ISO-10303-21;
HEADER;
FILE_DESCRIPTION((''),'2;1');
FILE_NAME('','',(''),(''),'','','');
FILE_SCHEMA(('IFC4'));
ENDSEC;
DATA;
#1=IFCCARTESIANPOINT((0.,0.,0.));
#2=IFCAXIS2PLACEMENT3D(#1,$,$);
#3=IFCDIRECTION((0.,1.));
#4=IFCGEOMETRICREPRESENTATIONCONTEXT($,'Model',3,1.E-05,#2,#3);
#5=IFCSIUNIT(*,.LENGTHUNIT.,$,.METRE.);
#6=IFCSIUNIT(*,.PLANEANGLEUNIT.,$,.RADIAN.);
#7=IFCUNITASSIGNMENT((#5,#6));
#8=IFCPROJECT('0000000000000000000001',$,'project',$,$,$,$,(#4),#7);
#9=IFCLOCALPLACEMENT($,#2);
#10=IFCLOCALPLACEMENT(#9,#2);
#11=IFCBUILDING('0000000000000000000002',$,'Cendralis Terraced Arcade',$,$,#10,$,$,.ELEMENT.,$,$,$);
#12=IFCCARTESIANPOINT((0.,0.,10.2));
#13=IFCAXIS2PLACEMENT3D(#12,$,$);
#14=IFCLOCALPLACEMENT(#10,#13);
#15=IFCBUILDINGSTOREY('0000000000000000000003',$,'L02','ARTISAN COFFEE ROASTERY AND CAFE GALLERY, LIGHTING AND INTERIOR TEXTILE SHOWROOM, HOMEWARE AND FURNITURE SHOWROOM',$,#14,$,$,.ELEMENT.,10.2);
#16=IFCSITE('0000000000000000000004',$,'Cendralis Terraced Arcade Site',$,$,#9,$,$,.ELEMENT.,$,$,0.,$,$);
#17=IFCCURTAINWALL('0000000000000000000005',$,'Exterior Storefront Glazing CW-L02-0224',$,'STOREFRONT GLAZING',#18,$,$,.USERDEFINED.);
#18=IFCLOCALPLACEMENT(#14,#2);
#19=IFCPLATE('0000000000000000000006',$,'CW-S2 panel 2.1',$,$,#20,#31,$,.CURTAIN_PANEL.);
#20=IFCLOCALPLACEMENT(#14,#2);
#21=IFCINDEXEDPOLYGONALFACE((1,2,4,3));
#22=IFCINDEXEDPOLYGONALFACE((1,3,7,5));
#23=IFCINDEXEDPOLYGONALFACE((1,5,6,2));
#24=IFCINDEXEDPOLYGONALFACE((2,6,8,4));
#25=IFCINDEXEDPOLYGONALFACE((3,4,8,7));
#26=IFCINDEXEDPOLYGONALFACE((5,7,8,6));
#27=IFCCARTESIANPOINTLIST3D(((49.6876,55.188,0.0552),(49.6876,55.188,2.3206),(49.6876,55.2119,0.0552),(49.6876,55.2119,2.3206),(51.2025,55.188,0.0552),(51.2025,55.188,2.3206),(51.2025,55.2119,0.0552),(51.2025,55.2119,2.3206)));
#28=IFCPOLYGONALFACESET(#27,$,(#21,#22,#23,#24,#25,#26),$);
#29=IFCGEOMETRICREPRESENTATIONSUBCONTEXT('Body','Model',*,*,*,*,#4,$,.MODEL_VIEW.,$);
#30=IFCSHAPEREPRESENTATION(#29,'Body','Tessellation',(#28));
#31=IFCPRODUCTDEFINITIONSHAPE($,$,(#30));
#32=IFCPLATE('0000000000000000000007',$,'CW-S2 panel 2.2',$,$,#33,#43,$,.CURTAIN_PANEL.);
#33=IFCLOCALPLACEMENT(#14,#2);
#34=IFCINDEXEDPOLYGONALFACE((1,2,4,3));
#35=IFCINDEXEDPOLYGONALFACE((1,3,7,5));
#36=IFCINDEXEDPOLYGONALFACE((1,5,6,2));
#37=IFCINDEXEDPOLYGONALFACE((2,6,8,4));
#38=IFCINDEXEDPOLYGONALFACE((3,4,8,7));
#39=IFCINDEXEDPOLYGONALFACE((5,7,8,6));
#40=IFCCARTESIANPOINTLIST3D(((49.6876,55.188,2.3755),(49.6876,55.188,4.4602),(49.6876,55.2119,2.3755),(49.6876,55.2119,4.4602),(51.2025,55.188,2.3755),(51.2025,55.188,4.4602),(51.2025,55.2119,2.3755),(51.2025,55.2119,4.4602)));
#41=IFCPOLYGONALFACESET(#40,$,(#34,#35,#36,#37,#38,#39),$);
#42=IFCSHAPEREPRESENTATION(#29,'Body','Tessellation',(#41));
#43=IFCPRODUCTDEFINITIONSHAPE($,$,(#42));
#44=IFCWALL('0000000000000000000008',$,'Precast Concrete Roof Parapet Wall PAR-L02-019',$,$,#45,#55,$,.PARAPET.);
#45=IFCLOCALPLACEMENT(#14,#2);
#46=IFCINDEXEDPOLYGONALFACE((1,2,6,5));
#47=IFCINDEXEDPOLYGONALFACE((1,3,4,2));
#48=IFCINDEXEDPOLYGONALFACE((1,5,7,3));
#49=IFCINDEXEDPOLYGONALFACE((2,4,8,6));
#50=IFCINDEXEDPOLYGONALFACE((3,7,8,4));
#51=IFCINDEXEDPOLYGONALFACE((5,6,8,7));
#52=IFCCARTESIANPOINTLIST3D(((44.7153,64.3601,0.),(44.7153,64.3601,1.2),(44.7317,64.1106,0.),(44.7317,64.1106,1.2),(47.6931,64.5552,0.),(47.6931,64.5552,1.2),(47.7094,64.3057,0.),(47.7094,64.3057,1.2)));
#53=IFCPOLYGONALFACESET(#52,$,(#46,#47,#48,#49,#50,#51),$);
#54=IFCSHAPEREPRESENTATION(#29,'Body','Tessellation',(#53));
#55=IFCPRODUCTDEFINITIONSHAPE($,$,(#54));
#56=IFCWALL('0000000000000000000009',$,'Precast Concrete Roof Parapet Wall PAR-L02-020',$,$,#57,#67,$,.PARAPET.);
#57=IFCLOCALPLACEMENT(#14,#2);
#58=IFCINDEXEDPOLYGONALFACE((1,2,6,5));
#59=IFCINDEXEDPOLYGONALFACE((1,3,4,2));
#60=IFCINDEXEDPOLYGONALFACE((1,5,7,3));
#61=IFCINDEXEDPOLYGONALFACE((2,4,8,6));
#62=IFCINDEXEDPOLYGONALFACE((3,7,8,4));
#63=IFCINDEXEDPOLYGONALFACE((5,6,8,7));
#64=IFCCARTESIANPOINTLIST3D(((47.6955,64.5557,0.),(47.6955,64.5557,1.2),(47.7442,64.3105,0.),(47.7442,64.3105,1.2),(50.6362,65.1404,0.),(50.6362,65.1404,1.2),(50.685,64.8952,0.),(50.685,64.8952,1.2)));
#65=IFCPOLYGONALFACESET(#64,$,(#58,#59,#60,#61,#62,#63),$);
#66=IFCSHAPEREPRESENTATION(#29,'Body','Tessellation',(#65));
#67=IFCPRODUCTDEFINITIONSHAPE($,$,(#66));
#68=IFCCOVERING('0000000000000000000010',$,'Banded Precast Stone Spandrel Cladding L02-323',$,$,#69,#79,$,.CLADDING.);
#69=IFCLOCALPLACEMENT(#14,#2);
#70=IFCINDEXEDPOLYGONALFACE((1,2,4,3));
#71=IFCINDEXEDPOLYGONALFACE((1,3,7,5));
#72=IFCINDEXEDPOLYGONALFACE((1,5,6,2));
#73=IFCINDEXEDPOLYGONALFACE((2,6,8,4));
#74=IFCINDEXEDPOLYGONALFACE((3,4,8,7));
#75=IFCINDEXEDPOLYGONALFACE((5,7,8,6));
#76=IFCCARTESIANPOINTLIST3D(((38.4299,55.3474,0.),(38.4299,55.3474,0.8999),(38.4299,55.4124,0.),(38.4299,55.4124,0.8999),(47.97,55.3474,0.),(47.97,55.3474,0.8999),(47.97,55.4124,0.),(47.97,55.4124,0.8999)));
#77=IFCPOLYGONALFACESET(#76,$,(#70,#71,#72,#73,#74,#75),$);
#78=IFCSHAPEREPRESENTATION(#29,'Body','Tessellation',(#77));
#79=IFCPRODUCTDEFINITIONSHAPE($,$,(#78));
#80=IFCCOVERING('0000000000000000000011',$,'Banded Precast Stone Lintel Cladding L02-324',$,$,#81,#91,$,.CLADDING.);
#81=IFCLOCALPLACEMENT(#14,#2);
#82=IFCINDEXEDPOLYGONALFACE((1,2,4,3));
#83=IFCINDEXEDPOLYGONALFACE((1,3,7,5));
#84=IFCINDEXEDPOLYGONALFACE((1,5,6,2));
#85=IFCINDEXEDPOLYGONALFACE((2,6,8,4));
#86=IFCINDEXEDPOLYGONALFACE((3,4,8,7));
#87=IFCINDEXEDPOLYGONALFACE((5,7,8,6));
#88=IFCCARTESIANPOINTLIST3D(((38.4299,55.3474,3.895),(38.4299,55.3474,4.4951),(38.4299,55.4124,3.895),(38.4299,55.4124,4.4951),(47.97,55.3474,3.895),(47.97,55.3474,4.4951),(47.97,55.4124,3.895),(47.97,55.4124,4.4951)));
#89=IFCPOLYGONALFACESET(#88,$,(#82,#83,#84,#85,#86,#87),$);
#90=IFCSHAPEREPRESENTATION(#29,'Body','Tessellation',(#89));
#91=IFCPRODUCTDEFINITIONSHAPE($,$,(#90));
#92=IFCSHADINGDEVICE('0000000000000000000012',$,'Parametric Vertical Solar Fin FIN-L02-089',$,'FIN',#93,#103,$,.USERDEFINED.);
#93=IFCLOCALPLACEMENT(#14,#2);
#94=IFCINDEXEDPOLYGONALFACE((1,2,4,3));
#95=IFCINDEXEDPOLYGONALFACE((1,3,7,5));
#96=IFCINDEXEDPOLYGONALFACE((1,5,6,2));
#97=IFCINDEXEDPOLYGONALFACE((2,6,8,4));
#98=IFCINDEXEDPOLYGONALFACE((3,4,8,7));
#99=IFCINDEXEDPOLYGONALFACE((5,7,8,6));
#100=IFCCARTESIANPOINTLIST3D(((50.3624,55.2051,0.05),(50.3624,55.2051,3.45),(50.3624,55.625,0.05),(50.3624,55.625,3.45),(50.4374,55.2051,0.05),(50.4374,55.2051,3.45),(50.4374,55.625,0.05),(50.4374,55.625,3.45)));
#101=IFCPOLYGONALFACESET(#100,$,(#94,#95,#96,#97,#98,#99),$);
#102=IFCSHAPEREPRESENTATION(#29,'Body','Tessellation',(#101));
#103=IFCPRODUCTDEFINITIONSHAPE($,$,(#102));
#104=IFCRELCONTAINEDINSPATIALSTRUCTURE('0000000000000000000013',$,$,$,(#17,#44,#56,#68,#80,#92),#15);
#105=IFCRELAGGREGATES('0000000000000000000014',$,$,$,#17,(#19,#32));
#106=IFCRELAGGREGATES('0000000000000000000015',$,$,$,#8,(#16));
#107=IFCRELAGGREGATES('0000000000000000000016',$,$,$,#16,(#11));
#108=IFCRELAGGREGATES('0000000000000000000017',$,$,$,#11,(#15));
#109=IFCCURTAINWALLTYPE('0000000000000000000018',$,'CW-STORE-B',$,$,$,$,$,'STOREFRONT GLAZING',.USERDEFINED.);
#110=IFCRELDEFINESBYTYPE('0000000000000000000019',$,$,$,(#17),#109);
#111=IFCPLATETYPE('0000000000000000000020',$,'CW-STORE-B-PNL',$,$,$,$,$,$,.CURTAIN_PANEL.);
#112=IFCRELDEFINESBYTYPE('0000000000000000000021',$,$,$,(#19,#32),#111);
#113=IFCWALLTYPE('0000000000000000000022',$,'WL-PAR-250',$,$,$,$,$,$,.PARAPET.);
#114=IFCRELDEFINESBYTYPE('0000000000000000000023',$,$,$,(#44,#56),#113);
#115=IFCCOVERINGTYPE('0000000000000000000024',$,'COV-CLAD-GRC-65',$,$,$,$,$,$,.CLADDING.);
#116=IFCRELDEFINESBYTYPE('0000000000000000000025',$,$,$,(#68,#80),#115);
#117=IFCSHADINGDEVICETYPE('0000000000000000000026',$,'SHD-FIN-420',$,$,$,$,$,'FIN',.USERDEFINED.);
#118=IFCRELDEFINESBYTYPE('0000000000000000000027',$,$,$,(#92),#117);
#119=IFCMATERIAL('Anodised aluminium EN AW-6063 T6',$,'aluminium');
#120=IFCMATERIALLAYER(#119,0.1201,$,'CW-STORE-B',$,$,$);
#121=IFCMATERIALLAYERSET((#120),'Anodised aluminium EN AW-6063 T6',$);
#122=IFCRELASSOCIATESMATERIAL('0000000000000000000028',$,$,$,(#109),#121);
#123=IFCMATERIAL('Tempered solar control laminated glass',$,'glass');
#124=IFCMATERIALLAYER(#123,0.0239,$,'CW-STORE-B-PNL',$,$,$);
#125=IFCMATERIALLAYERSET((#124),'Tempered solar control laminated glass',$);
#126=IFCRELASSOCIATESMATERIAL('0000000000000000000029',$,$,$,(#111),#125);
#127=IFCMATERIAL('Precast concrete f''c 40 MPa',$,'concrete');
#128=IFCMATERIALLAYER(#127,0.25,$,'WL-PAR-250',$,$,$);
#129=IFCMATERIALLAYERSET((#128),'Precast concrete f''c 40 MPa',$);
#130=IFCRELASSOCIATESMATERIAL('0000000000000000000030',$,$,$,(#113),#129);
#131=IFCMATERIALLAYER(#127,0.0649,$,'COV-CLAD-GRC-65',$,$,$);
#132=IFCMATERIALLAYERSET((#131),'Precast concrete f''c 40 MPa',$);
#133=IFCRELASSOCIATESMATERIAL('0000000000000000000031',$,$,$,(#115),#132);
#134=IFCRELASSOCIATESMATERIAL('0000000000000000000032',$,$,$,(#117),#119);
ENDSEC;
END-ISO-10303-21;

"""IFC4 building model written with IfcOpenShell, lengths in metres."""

from ifc_helpers import new_model, si_unit, direction, frame, frame_2d, origin, origin_2d, place, context, subcontext, project, spatial, rectangle, extrude, material, layer, layer_set, type_object, element, aggregate, save


model = new_model("IFC4")

# Units and contexts
model_context = context("Model", 3, precision=1e-05, world=origin(), true_north=direction((0.0, 1.0)))
body_context = subcontext(model_context, "Body", "Model", "MODEL_VIEW")
ifc_project = project(units=[si_unit("LENGTHUNIT", "METRE"), si_unit("PLANEANGLEUNIT", "RADIAN")], contexts=[model_context])

# Site, building, storey
site_placement = place(None, origin())
site = spatial("IfcSite", under=ifc_project, at=site_placement, Name="Cendralis Terraced Arcade Site", CompositionType="ELEMENT", RefElevation=0.0)
building_placement = place(site_placement, origin())
building = spatial("IfcBuilding", under=site, at=building_placement, Name="Cendralis Terraced Arcade", CompositionType="ELEMENT")
storey_placement = place(building_placement, frame((0.0, 0.0, 10.2)))
storey = spatial("IfcBuildingStorey", under=building, at=storey_placement, Name="L02", Description="ARTISAN COFFEE ROASTERY AND CAFE GALLERY, LIGHTING AND INTERIOR TEXTILE SHOWROOM, HOMEWARE AND FURNITURE SHOWROOM", CompositionType="ELEMENT", Elevation=10.2)

# Curtain wall, plates
ifc_material_1 = material(Name="Anodised aluminium EN AW-6063 T6", Category="aluminium")
ifc_layer_1 = layer(ifc_material_1, 0.1201, Name="CW-STORE-B")
ifc_layer_set_1 = layer_set([ifc_layer_1], Name="Anodised aluminium EN AW-6063 T6")
curtain_wall_type = type_object("IfcCurtainWallType", Name="CW-STORE-B", ElementType="STOREFRONT GLAZING", PredefinedType="USERDEFINED", material=ifc_layer_set_1)
curtain_wall_placement = place(storey_placement, origin())
curtain_wall = element("IfcCurtainWall", 1, at=curtain_wall_placement, inside=storey, type_object=curtain_wall_type, Name="Exterior Storefront Glazing CW-L02-0224", ObjectType="STOREFRONT GLAZING", PredefinedType="USERDEFINED")
ifc_material_2 = material(Name="Tempered solar control laminated glass", Category="glass")
ifc_layer_2 = layer(ifc_material_2, 0.0239, Name="CW-STORE-B-PNL")
ifc_layer_set_2 = layer_set([ifc_layer_2], Name="Tempered solar control laminated glass")
plate_type = type_object("IfcPlateType", Name="CW-STORE-B-PNL", PredefinedType="CURTAIN_PANEL", material=ifc_layer_set_2)
plate_1_placement = place(storey_placement, frame((50.4451, 55.2, 0.0552), z_axis=(0.0, 0.0, 1.0), x_axis=(1.0, 0.0, 0.0)))
plate_1 = element("IfcPlate", 2, at=plate_1_placement, type_object=plate_type, Name="CW-S2 panel 2.1", PredefinedType="CURTAIN_PANEL", context=body_context, shape_type="SweptSolid", body=[
    extrude(rectangle(XDim=1.5149, YDim=0.0239, at=origin_2d()), origin(), (0.0, 0.0, 1.0), 2.2654),
])
plate_2_placement = place(storey_placement, frame((50.4451, 55.2, 2.3755), z_axis=(0.0, 0.0, 1.0), x_axis=(1.0, 0.0, 0.0)))
plate_2 = element("IfcPlate", 3, at=plate_2_placement, type_object=plate_type, Name="CW-S2 panel 2.2", PredefinedType="CURTAIN_PANEL", context=body_context, shape_type="SweptSolid", body=[
    extrude(rectangle(XDim=1.5149, YDim=0.0239, at=origin_2d()), origin(), (0.0, 0.0, 1.0), 2.0847),
])
aggregate(curtain_wall, [plate_1, plate_2])

# Walls
ifc_material_3 = material(Name="Precast concrete f'c 40 MPa", Category="concrete")
ifc_layer_3 = layer(ifc_material_3, 0.25, Name="WL-PAR-250")
ifc_layer_set_3 = layer_set([ifc_layer_3], Name="Precast concrete f'c 40 MPa")
wall_type = type_object("IfcWallType", Name="WL-PAR-250", PredefinedType="PARAPET", material=ifc_layer_set_3)
wall_1_placement = place(storey_placement, frame((44.7234, 64.2354, 0.0), z_axis=(0.0, 0.0, 1.0), x_axis=(0.997861, 0.065368, 0.0)))
element("IfcWall", 4, at=wall_1_placement, inside=storey, type_object=wall_type, Name="Precast Concrete Roof Parapet Wall PAR-L02-019", PredefinedType="PARAPET", context=body_context, shape_type="SweptSolid", body=[
    extrude(rectangle(XDim=2.9841, YDim=0.25, at=frame_2d((1.4922, 0.0))), origin(), (0.0, 0.0, 1.0), 1.2),
])
wall_2_placement = place(storey_placement, frame((47.72, 64.4331, 0.0), z_axis=(0.0, 0.0, 1.0), x_axis=(0.980799, 0.19502, 0.0)))
element("IfcWall", 5, at=wall_2_placement, inside=storey, type_object=wall_type, Name="Precast Concrete Roof Parapet Wall PAR-L02-020", PredefinedType="PARAPET", context=body_context, shape_type="SweptSolid", body=[
    extrude(rectangle(XDim=2.9983, YDim=0.25, at=frame_2d((1.499, 0.0))), origin(), (0.0, 0.0, 1.0), 1.2),
])

# Coverings
ifc_layer_4 = layer(ifc_material_3, 0.0649, Name="COV-CLAD-GRC-65")
ifc_layer_set_4 = layer_set([ifc_layer_4], Name="Precast concrete f'c 40 MPa")
covering_type = type_object("IfcCoveringType", Name="COV-CLAD-GRC-65", PredefinedType="CLADDING", material=ifc_layer_set_4)
covering_1_placement = place(storey_placement, frame((43.2, 55.3799, 0.0), z_axis=(0.0, 0.0, 1.0), x_axis=(1.0, 0.0, 0.0)))
element("IfcCovering", 6, at=covering_1_placement, inside=storey, type_object=covering_type, Name="Banded Precast Stone Spandrel Cladding L02-323", PredefinedType="CLADDING", context=body_context, shape_type="SweptSolid", body=[
    extrude(rectangle(XDim=9.54, YDim=0.0649, at=origin_2d()), origin(), (0.0, 0.0, 1.0), 0.8999),
])
covering_2_placement = place(storey_placement, frame((43.2, 55.3799, 3.895), z_axis=(0.0, 0.0, 1.0), x_axis=(1.0, 0.0, 0.0)))
element("IfcCovering", 7, at=covering_2_placement, inside=storey, type_object=covering_type, Name="Banded Precast Stone Lintel Cladding L02-324", PredefinedType="CLADDING", context=body_context, shape_type="SweptSolid", body=[
    extrude(rectangle(XDim=9.54, YDim=0.0649, at=origin_2d()), origin(), (0.0, 0.0, 1.0), 0.6001),
])

# Shading device
shading_device_type = type_object("IfcShadingDeviceType", Name="SHD-FIN-420", ElementType="FIN", PredefinedType="USERDEFINED", material=ifc_material_1)
shading_device_placement = place(storey_placement, frame((50.3999, 55.415, 0.05), z_axis=(0.0, 0.0, 1.0), x_axis=(1.0, 0.0, 0.0)))
element("IfcShadingDevice", 8, at=shading_device_placement, inside=storey, type_object=shading_device_type, Name="Parametric Vertical Solar Fin FIN-L02-089", ObjectType="FIN", PredefinedType="USERDEFINED", context=body_context, shape_type="SweptSolid", body=[
    extrude(rectangle(XDim=0.075, YDim=0.4199, at=origin_2d()), origin(), (0.0, 0.0, 1.0), 3.3999),
])

save(model, "model.ifc")
